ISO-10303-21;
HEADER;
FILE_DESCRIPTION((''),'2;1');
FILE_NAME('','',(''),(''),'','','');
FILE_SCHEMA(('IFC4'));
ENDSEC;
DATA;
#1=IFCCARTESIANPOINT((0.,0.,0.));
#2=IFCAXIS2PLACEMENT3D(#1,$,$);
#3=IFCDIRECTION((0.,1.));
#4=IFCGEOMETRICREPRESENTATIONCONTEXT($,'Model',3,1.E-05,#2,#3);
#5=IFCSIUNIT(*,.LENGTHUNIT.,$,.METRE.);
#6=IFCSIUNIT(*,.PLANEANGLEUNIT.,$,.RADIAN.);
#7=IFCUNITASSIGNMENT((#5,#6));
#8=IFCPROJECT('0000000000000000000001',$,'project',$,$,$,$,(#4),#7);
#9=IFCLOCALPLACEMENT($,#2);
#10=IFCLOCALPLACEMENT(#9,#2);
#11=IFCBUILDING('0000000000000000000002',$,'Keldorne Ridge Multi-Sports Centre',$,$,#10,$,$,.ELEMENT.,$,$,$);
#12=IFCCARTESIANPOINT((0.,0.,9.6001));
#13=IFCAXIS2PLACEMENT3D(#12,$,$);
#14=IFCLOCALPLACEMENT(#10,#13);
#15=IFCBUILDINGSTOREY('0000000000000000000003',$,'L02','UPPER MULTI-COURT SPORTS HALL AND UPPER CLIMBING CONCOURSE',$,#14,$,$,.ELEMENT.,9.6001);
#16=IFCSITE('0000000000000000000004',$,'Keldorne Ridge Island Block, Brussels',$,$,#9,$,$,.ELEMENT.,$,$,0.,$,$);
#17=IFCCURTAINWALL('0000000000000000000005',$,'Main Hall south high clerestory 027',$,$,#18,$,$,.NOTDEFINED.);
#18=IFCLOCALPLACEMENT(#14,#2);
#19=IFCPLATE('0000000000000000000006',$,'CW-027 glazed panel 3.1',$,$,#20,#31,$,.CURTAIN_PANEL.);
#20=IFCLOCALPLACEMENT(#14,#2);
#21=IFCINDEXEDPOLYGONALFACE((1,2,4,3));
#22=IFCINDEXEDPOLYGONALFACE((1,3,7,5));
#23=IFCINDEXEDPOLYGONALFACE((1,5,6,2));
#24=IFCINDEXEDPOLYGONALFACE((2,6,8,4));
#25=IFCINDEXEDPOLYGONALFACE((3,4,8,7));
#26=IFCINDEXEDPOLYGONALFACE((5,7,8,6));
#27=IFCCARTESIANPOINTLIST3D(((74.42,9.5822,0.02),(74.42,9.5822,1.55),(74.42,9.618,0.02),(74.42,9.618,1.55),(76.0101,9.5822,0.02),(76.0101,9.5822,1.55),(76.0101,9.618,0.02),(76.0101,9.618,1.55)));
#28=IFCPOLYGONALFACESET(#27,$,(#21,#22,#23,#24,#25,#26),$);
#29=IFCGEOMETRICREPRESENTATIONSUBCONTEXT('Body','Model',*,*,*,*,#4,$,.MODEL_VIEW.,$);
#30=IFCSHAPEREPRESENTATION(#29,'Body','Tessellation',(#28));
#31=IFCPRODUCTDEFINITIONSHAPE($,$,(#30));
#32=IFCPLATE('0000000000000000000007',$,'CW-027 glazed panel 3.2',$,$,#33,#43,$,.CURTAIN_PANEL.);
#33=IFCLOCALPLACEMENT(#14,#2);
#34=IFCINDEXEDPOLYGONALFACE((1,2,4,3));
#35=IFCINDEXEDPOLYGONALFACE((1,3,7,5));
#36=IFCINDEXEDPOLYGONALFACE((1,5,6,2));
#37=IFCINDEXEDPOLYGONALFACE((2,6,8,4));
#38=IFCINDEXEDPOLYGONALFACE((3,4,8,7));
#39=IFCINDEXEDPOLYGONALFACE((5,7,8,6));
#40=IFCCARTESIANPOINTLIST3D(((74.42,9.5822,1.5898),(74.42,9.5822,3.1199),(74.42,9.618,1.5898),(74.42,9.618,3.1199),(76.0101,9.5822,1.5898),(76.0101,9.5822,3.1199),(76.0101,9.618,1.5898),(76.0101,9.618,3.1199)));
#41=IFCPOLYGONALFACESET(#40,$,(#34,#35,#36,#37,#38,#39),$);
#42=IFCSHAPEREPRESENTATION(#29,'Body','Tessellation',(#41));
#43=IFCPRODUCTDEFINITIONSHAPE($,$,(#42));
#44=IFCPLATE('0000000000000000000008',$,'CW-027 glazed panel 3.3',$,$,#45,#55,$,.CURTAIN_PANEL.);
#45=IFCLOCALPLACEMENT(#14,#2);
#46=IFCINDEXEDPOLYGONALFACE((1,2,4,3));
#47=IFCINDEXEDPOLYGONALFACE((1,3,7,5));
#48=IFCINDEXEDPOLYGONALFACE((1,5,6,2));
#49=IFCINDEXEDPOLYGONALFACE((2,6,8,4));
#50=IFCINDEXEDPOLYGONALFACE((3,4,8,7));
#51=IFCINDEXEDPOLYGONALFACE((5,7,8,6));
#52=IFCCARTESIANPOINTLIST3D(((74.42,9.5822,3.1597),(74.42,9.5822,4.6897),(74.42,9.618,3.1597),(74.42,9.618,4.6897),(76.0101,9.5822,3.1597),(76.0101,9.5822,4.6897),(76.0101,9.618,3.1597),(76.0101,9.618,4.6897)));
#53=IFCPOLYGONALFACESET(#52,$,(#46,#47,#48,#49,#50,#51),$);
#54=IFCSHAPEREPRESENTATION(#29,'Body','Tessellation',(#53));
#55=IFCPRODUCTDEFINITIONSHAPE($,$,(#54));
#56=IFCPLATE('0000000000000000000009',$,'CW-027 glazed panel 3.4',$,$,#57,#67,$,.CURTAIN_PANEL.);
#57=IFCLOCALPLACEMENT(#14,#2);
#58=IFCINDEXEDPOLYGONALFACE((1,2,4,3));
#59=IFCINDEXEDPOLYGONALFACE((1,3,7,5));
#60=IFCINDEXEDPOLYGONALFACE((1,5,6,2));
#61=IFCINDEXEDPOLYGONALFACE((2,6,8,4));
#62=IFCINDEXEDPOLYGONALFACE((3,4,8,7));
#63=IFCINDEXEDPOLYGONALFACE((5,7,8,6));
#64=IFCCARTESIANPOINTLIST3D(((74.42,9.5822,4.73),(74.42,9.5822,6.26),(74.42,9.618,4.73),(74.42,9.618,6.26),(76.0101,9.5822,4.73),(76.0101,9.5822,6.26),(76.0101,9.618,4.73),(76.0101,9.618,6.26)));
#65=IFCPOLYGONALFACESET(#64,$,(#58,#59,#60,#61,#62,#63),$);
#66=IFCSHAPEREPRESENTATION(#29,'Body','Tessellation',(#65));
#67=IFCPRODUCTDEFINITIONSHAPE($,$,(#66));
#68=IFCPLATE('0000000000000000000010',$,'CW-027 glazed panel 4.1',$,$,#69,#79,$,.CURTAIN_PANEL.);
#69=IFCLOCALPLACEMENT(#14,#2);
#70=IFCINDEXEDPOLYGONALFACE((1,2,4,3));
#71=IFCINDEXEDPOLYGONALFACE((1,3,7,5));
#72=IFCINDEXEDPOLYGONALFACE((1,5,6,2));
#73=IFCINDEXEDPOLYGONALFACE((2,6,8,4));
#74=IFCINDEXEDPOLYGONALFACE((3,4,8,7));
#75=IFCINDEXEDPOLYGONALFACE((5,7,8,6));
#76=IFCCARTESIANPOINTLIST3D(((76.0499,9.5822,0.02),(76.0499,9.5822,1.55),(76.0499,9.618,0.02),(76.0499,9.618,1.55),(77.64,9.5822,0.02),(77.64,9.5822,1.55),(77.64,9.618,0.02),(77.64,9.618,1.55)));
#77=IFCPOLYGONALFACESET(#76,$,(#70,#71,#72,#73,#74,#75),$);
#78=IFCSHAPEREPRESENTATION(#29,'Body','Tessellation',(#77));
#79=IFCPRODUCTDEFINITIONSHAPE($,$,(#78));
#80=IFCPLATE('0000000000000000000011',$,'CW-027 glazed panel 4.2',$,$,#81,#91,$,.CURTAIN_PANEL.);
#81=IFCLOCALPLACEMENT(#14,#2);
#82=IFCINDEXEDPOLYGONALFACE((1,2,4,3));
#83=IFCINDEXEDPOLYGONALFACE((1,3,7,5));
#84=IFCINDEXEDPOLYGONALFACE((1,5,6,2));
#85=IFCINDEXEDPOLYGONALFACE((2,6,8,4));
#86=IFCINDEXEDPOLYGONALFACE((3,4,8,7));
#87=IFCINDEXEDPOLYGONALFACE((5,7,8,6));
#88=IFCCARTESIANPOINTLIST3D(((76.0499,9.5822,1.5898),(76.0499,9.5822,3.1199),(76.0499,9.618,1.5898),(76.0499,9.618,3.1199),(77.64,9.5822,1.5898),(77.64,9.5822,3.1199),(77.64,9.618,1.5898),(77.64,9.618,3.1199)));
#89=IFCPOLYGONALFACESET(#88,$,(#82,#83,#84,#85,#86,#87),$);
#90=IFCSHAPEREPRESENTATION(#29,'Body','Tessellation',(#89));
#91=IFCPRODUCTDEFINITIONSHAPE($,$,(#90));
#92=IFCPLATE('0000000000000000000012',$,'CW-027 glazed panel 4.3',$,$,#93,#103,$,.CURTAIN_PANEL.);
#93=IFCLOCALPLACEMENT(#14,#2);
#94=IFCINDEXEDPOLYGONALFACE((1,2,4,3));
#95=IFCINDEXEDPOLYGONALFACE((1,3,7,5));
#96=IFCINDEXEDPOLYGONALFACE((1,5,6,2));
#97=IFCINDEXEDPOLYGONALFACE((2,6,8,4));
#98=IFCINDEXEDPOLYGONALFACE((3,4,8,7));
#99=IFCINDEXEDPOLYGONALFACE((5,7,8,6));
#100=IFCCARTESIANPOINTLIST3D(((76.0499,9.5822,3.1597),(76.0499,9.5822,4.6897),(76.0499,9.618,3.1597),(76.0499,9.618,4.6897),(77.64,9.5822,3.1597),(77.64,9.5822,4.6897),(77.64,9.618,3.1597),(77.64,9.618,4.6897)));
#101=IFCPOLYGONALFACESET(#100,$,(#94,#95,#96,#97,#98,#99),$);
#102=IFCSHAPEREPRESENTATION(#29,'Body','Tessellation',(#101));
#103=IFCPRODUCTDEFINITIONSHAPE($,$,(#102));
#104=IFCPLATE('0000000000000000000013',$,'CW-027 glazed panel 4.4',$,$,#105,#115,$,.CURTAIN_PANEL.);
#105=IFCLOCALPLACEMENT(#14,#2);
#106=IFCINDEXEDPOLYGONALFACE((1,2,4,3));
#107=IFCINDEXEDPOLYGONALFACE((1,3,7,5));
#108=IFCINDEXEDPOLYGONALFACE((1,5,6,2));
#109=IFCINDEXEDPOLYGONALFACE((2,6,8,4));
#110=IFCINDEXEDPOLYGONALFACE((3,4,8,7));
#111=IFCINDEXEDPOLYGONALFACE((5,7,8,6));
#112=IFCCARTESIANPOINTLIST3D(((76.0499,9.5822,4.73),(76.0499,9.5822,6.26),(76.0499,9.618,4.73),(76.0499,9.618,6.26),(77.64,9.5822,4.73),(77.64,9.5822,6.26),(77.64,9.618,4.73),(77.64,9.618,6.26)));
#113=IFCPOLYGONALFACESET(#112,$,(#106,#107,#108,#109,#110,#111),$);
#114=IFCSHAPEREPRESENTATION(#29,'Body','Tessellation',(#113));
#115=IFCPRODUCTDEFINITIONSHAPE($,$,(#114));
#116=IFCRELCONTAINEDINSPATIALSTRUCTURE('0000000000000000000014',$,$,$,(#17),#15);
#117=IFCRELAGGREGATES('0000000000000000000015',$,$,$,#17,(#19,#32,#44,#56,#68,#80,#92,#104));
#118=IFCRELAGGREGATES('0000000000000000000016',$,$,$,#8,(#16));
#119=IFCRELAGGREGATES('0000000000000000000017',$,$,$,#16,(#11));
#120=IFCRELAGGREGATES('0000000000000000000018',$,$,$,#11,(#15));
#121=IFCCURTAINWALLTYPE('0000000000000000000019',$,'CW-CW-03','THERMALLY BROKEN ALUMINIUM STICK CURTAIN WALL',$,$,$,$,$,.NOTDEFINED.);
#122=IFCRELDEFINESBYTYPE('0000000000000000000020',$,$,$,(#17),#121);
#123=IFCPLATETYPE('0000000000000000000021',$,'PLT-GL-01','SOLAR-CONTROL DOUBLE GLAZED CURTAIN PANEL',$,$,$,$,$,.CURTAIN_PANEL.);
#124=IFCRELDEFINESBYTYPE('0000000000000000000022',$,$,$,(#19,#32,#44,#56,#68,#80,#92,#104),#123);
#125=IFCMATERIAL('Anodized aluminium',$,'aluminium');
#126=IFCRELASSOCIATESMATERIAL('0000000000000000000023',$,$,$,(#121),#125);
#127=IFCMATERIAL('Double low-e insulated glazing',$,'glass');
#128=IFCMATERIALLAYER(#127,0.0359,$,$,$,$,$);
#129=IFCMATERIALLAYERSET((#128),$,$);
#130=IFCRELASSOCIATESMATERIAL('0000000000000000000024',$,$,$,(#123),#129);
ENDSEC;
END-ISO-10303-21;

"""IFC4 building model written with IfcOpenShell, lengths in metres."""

from ifc_helpers import new_model, si_unit, direction, frame, origin, origin_2d, place, context, subcontext, project, spatial, rectangle, extrude, material, layer, layer_set, type_object, element, aggregate, save


model = new_model("IFC4")

# Units and contexts
model_context = context("Model", 3, precision=1e-05, world=origin(), true_north=direction((0.0, 1.0)))
body_context = subcontext(model_context, "Body", "Model", "MODEL_VIEW")
ifc_project = project(units=[si_unit("LENGTHUNIT", "METRE"), si_unit("PLANEANGLEUNIT", "RADIAN")], contexts=[model_context])

# Site, building, storey
site_placement = place(None, origin())
site = spatial("IfcSite", under=ifc_project, at=site_placement, Name="Keldorne Ridge Island Block, Brussels", CompositionType="ELEMENT", RefElevation=0.0)
building_placement = place(site_placement, origin())
building = spatial("IfcBuilding", under=site, at=building_placement, Name="Keldorne Ridge Multi-Sports Centre", CompositionType="ELEMENT")
storey_placement = place(building_placement, frame((0.0, 0.0, 9.6001)))
storey = spatial("IfcBuildingStorey", under=building, at=storey_placement, Name="L02", Description="UPPER MULTI-COURT SPORTS HALL AND UPPER CLIMBING CONCOURSE", CompositionType="ELEMENT", Elevation=9.6001)

# Curtain wall
ifc_material_1 = material(Name="Anodized aluminium", Category="aluminium")
curtain_wall_type = type_object("IfcCurtainWallType", Name="CW-CW-03", Description="THERMALLY BROKEN ALUMINIUM STICK CURTAIN WALL", PredefinedType="NOTDEFINED", material=ifc_material_1)
curtain_wall_placement = place(storey_placement, origin())
curtain_wall = element("IfcCurtainWall", 1, at=curtain_wall_placement, inside=storey, type_object=curtain_wall_type, Name="Main Hall south high clerestory 027", PredefinedType="NOTDEFINED")

# Plates
ifc_material_2 = material(Name="Double low-e insulated glazing", Category="glass")
ifc_layer = layer(ifc_material_2, 0.0359)
ifc_layer_set = layer_set([ifc_layer])
plate_type = type_object("IfcPlateType", Name="PLT-GL-01", Description="SOLAR-CONTROL DOUBLE GLAZED CURTAIN PANEL", PredefinedType="CURTAIN_PANEL", material=ifc_layer_set)
plate_1_placement = place(storey_placement, frame((75.2151, 9.6001, 0.02), z_axis=(0.0, 0.0, 1.0), x_axis=(1.0, 0.0, 0.0)))
plate_1 = element("IfcPlate", 2, at=plate_1_placement, type_object=plate_type, Name="CW-027 glazed panel 3.1", PredefinedType="CURTAIN_PANEL", context=body_context, shape_type="SweptSolid", body=[
    extrude(rectangle(XDim=1.5901, YDim=0.0359, at=origin_2d()), origin(), (0.0, 0.0, 1.0), 1.53),
])
plate_2_placement = place(storey_placement, frame((75.2151, 9.6001, 1.5898), z_axis=(0.0, 0.0, 1.0), x_axis=(1.0, 0.0, 0.0)))
plate_2 = element("IfcPlate", 3, at=plate_2_placement, type_object=plate_type, Name="CW-027 glazed panel 3.2", PredefinedType="CURTAIN_PANEL", context=body_context, shape_type="SweptSolid", body=[
    extrude(rectangle(XDim=1.5901, YDim=0.0359, at=origin_2d()), origin(), (0.0, 0.0, 1.0), 1.53),
])
plate_3_placement = place(storey_placement, frame((75.2151, 9.6001, 3.1597), z_axis=(0.0, 0.0, 1.0), x_axis=(1.0, 0.0, 0.0)))
plate_3 = element("IfcPlate", 4, at=plate_3_placement, type_object=plate_type, Name="CW-027 glazed panel 3.3", PredefinedType="CURTAIN_PANEL", context=body_context, shape_type="SweptSolid", body=[
    extrude(rectangle(XDim=1.5901, YDim=0.0359, at=origin_2d()), origin(), (0.0, 0.0, 1.0), 1.53),
])
plate_4_placement = place(storey_placement, frame((75.2151, 9.6001, 4.73), z_axis=(0.0, 0.0, 1.0), x_axis=(1.0, 0.0, 0.0)))
plate_4 = element("IfcPlate", 5, at=plate_4_placement, type_object=plate_type, Name="CW-027 glazed panel 3.4", PredefinedType="CURTAIN_PANEL", context=body_context, shape_type="SweptSolid", body=[
    extrude(rectangle(XDim=1.5901, YDim=0.0359, at=origin_2d()), origin(), (0.0, 0.0, 1.0), 1.53),
])
plate_5_placement = place(storey_placement, frame((76.845, 9.6001, 0.02), z_axis=(0.0, 0.0, 1.0), x_axis=(1.0, 0.0, 0.0)))
plate_5 = element("IfcPlate", 6, at=plate_5_placement, type_object=plate_type, Name="CW-027 glazed panel 4.1", PredefinedType="CURTAIN_PANEL", context=body_context, shape_type="SweptSolid", body=[
    extrude(rectangle(XDim=1.5901, YDim=0.0359, at=origin_2d()), origin(), (0.0, 0.0, 1.0), 1.53),
])
plate_6_placement = place(storey_placement, frame((76.845, 9.6001, 1.5898), z_axis=(0.0, 0.0, 1.0), x_axis=(1.0, 0.0, 0.0)))
plate_6 = element("IfcPlate", 7, at=plate_6_placement, type_object=plate_type, Name="CW-027 glazed panel 4.2", PredefinedType="CURTAIN_PANEL", context=body_context, shape_type="SweptSolid", body=[
    extrude(rectangle(XDim=1.5901, YDim=0.0359, at=origin_2d()), origin(), (0.0, 0.0, 1.0), 1.53),
])
plate_7_placement = place(storey_placement, frame((76.845, 9.6001, 3.1597), z_axis=(0.0, 0.0, 1.0), x_axis=(1.0, 0.0, 0.0)))
plate_7 = element("IfcPlate", 8, at=plate_7_placement, type_object=plate_type, Name="CW-027 glazed panel 4.3", PredefinedType="CURTAIN_PANEL", context=body_context, shape_type="SweptSolid", body=[
    extrude(rectangle(XDim=1.5901, YDim=0.0359, at=origin_2d()), origin(), (0.0, 0.0, 1.0), 1.53),
])
plate_8_placement = place(storey_placement, frame((76.845, 9.6001, 4.73), z_axis=(0.0, 0.0, 1.0), x_axis=(1.0, 0.0, 0.0)))
plate_8 = element("IfcPlate", 9, at=plate_8_placement, type_object=plate_type, Name="CW-027 glazed panel 4.4", PredefinedType="CURTAIN_PANEL", context=body_context, shape_type="SweptSolid", body=[
    extrude(rectangle(XDim=1.5901, YDim=0.0359, at=origin_2d()), origin(), (0.0, 0.0, 1.0), 1.53),
])
aggregate(curtain_wall, [plate_1, plate_2, plate_3, plate_4, plate_5, plate_6, plate_7, plate_8])

save(model, "model.ifc")
